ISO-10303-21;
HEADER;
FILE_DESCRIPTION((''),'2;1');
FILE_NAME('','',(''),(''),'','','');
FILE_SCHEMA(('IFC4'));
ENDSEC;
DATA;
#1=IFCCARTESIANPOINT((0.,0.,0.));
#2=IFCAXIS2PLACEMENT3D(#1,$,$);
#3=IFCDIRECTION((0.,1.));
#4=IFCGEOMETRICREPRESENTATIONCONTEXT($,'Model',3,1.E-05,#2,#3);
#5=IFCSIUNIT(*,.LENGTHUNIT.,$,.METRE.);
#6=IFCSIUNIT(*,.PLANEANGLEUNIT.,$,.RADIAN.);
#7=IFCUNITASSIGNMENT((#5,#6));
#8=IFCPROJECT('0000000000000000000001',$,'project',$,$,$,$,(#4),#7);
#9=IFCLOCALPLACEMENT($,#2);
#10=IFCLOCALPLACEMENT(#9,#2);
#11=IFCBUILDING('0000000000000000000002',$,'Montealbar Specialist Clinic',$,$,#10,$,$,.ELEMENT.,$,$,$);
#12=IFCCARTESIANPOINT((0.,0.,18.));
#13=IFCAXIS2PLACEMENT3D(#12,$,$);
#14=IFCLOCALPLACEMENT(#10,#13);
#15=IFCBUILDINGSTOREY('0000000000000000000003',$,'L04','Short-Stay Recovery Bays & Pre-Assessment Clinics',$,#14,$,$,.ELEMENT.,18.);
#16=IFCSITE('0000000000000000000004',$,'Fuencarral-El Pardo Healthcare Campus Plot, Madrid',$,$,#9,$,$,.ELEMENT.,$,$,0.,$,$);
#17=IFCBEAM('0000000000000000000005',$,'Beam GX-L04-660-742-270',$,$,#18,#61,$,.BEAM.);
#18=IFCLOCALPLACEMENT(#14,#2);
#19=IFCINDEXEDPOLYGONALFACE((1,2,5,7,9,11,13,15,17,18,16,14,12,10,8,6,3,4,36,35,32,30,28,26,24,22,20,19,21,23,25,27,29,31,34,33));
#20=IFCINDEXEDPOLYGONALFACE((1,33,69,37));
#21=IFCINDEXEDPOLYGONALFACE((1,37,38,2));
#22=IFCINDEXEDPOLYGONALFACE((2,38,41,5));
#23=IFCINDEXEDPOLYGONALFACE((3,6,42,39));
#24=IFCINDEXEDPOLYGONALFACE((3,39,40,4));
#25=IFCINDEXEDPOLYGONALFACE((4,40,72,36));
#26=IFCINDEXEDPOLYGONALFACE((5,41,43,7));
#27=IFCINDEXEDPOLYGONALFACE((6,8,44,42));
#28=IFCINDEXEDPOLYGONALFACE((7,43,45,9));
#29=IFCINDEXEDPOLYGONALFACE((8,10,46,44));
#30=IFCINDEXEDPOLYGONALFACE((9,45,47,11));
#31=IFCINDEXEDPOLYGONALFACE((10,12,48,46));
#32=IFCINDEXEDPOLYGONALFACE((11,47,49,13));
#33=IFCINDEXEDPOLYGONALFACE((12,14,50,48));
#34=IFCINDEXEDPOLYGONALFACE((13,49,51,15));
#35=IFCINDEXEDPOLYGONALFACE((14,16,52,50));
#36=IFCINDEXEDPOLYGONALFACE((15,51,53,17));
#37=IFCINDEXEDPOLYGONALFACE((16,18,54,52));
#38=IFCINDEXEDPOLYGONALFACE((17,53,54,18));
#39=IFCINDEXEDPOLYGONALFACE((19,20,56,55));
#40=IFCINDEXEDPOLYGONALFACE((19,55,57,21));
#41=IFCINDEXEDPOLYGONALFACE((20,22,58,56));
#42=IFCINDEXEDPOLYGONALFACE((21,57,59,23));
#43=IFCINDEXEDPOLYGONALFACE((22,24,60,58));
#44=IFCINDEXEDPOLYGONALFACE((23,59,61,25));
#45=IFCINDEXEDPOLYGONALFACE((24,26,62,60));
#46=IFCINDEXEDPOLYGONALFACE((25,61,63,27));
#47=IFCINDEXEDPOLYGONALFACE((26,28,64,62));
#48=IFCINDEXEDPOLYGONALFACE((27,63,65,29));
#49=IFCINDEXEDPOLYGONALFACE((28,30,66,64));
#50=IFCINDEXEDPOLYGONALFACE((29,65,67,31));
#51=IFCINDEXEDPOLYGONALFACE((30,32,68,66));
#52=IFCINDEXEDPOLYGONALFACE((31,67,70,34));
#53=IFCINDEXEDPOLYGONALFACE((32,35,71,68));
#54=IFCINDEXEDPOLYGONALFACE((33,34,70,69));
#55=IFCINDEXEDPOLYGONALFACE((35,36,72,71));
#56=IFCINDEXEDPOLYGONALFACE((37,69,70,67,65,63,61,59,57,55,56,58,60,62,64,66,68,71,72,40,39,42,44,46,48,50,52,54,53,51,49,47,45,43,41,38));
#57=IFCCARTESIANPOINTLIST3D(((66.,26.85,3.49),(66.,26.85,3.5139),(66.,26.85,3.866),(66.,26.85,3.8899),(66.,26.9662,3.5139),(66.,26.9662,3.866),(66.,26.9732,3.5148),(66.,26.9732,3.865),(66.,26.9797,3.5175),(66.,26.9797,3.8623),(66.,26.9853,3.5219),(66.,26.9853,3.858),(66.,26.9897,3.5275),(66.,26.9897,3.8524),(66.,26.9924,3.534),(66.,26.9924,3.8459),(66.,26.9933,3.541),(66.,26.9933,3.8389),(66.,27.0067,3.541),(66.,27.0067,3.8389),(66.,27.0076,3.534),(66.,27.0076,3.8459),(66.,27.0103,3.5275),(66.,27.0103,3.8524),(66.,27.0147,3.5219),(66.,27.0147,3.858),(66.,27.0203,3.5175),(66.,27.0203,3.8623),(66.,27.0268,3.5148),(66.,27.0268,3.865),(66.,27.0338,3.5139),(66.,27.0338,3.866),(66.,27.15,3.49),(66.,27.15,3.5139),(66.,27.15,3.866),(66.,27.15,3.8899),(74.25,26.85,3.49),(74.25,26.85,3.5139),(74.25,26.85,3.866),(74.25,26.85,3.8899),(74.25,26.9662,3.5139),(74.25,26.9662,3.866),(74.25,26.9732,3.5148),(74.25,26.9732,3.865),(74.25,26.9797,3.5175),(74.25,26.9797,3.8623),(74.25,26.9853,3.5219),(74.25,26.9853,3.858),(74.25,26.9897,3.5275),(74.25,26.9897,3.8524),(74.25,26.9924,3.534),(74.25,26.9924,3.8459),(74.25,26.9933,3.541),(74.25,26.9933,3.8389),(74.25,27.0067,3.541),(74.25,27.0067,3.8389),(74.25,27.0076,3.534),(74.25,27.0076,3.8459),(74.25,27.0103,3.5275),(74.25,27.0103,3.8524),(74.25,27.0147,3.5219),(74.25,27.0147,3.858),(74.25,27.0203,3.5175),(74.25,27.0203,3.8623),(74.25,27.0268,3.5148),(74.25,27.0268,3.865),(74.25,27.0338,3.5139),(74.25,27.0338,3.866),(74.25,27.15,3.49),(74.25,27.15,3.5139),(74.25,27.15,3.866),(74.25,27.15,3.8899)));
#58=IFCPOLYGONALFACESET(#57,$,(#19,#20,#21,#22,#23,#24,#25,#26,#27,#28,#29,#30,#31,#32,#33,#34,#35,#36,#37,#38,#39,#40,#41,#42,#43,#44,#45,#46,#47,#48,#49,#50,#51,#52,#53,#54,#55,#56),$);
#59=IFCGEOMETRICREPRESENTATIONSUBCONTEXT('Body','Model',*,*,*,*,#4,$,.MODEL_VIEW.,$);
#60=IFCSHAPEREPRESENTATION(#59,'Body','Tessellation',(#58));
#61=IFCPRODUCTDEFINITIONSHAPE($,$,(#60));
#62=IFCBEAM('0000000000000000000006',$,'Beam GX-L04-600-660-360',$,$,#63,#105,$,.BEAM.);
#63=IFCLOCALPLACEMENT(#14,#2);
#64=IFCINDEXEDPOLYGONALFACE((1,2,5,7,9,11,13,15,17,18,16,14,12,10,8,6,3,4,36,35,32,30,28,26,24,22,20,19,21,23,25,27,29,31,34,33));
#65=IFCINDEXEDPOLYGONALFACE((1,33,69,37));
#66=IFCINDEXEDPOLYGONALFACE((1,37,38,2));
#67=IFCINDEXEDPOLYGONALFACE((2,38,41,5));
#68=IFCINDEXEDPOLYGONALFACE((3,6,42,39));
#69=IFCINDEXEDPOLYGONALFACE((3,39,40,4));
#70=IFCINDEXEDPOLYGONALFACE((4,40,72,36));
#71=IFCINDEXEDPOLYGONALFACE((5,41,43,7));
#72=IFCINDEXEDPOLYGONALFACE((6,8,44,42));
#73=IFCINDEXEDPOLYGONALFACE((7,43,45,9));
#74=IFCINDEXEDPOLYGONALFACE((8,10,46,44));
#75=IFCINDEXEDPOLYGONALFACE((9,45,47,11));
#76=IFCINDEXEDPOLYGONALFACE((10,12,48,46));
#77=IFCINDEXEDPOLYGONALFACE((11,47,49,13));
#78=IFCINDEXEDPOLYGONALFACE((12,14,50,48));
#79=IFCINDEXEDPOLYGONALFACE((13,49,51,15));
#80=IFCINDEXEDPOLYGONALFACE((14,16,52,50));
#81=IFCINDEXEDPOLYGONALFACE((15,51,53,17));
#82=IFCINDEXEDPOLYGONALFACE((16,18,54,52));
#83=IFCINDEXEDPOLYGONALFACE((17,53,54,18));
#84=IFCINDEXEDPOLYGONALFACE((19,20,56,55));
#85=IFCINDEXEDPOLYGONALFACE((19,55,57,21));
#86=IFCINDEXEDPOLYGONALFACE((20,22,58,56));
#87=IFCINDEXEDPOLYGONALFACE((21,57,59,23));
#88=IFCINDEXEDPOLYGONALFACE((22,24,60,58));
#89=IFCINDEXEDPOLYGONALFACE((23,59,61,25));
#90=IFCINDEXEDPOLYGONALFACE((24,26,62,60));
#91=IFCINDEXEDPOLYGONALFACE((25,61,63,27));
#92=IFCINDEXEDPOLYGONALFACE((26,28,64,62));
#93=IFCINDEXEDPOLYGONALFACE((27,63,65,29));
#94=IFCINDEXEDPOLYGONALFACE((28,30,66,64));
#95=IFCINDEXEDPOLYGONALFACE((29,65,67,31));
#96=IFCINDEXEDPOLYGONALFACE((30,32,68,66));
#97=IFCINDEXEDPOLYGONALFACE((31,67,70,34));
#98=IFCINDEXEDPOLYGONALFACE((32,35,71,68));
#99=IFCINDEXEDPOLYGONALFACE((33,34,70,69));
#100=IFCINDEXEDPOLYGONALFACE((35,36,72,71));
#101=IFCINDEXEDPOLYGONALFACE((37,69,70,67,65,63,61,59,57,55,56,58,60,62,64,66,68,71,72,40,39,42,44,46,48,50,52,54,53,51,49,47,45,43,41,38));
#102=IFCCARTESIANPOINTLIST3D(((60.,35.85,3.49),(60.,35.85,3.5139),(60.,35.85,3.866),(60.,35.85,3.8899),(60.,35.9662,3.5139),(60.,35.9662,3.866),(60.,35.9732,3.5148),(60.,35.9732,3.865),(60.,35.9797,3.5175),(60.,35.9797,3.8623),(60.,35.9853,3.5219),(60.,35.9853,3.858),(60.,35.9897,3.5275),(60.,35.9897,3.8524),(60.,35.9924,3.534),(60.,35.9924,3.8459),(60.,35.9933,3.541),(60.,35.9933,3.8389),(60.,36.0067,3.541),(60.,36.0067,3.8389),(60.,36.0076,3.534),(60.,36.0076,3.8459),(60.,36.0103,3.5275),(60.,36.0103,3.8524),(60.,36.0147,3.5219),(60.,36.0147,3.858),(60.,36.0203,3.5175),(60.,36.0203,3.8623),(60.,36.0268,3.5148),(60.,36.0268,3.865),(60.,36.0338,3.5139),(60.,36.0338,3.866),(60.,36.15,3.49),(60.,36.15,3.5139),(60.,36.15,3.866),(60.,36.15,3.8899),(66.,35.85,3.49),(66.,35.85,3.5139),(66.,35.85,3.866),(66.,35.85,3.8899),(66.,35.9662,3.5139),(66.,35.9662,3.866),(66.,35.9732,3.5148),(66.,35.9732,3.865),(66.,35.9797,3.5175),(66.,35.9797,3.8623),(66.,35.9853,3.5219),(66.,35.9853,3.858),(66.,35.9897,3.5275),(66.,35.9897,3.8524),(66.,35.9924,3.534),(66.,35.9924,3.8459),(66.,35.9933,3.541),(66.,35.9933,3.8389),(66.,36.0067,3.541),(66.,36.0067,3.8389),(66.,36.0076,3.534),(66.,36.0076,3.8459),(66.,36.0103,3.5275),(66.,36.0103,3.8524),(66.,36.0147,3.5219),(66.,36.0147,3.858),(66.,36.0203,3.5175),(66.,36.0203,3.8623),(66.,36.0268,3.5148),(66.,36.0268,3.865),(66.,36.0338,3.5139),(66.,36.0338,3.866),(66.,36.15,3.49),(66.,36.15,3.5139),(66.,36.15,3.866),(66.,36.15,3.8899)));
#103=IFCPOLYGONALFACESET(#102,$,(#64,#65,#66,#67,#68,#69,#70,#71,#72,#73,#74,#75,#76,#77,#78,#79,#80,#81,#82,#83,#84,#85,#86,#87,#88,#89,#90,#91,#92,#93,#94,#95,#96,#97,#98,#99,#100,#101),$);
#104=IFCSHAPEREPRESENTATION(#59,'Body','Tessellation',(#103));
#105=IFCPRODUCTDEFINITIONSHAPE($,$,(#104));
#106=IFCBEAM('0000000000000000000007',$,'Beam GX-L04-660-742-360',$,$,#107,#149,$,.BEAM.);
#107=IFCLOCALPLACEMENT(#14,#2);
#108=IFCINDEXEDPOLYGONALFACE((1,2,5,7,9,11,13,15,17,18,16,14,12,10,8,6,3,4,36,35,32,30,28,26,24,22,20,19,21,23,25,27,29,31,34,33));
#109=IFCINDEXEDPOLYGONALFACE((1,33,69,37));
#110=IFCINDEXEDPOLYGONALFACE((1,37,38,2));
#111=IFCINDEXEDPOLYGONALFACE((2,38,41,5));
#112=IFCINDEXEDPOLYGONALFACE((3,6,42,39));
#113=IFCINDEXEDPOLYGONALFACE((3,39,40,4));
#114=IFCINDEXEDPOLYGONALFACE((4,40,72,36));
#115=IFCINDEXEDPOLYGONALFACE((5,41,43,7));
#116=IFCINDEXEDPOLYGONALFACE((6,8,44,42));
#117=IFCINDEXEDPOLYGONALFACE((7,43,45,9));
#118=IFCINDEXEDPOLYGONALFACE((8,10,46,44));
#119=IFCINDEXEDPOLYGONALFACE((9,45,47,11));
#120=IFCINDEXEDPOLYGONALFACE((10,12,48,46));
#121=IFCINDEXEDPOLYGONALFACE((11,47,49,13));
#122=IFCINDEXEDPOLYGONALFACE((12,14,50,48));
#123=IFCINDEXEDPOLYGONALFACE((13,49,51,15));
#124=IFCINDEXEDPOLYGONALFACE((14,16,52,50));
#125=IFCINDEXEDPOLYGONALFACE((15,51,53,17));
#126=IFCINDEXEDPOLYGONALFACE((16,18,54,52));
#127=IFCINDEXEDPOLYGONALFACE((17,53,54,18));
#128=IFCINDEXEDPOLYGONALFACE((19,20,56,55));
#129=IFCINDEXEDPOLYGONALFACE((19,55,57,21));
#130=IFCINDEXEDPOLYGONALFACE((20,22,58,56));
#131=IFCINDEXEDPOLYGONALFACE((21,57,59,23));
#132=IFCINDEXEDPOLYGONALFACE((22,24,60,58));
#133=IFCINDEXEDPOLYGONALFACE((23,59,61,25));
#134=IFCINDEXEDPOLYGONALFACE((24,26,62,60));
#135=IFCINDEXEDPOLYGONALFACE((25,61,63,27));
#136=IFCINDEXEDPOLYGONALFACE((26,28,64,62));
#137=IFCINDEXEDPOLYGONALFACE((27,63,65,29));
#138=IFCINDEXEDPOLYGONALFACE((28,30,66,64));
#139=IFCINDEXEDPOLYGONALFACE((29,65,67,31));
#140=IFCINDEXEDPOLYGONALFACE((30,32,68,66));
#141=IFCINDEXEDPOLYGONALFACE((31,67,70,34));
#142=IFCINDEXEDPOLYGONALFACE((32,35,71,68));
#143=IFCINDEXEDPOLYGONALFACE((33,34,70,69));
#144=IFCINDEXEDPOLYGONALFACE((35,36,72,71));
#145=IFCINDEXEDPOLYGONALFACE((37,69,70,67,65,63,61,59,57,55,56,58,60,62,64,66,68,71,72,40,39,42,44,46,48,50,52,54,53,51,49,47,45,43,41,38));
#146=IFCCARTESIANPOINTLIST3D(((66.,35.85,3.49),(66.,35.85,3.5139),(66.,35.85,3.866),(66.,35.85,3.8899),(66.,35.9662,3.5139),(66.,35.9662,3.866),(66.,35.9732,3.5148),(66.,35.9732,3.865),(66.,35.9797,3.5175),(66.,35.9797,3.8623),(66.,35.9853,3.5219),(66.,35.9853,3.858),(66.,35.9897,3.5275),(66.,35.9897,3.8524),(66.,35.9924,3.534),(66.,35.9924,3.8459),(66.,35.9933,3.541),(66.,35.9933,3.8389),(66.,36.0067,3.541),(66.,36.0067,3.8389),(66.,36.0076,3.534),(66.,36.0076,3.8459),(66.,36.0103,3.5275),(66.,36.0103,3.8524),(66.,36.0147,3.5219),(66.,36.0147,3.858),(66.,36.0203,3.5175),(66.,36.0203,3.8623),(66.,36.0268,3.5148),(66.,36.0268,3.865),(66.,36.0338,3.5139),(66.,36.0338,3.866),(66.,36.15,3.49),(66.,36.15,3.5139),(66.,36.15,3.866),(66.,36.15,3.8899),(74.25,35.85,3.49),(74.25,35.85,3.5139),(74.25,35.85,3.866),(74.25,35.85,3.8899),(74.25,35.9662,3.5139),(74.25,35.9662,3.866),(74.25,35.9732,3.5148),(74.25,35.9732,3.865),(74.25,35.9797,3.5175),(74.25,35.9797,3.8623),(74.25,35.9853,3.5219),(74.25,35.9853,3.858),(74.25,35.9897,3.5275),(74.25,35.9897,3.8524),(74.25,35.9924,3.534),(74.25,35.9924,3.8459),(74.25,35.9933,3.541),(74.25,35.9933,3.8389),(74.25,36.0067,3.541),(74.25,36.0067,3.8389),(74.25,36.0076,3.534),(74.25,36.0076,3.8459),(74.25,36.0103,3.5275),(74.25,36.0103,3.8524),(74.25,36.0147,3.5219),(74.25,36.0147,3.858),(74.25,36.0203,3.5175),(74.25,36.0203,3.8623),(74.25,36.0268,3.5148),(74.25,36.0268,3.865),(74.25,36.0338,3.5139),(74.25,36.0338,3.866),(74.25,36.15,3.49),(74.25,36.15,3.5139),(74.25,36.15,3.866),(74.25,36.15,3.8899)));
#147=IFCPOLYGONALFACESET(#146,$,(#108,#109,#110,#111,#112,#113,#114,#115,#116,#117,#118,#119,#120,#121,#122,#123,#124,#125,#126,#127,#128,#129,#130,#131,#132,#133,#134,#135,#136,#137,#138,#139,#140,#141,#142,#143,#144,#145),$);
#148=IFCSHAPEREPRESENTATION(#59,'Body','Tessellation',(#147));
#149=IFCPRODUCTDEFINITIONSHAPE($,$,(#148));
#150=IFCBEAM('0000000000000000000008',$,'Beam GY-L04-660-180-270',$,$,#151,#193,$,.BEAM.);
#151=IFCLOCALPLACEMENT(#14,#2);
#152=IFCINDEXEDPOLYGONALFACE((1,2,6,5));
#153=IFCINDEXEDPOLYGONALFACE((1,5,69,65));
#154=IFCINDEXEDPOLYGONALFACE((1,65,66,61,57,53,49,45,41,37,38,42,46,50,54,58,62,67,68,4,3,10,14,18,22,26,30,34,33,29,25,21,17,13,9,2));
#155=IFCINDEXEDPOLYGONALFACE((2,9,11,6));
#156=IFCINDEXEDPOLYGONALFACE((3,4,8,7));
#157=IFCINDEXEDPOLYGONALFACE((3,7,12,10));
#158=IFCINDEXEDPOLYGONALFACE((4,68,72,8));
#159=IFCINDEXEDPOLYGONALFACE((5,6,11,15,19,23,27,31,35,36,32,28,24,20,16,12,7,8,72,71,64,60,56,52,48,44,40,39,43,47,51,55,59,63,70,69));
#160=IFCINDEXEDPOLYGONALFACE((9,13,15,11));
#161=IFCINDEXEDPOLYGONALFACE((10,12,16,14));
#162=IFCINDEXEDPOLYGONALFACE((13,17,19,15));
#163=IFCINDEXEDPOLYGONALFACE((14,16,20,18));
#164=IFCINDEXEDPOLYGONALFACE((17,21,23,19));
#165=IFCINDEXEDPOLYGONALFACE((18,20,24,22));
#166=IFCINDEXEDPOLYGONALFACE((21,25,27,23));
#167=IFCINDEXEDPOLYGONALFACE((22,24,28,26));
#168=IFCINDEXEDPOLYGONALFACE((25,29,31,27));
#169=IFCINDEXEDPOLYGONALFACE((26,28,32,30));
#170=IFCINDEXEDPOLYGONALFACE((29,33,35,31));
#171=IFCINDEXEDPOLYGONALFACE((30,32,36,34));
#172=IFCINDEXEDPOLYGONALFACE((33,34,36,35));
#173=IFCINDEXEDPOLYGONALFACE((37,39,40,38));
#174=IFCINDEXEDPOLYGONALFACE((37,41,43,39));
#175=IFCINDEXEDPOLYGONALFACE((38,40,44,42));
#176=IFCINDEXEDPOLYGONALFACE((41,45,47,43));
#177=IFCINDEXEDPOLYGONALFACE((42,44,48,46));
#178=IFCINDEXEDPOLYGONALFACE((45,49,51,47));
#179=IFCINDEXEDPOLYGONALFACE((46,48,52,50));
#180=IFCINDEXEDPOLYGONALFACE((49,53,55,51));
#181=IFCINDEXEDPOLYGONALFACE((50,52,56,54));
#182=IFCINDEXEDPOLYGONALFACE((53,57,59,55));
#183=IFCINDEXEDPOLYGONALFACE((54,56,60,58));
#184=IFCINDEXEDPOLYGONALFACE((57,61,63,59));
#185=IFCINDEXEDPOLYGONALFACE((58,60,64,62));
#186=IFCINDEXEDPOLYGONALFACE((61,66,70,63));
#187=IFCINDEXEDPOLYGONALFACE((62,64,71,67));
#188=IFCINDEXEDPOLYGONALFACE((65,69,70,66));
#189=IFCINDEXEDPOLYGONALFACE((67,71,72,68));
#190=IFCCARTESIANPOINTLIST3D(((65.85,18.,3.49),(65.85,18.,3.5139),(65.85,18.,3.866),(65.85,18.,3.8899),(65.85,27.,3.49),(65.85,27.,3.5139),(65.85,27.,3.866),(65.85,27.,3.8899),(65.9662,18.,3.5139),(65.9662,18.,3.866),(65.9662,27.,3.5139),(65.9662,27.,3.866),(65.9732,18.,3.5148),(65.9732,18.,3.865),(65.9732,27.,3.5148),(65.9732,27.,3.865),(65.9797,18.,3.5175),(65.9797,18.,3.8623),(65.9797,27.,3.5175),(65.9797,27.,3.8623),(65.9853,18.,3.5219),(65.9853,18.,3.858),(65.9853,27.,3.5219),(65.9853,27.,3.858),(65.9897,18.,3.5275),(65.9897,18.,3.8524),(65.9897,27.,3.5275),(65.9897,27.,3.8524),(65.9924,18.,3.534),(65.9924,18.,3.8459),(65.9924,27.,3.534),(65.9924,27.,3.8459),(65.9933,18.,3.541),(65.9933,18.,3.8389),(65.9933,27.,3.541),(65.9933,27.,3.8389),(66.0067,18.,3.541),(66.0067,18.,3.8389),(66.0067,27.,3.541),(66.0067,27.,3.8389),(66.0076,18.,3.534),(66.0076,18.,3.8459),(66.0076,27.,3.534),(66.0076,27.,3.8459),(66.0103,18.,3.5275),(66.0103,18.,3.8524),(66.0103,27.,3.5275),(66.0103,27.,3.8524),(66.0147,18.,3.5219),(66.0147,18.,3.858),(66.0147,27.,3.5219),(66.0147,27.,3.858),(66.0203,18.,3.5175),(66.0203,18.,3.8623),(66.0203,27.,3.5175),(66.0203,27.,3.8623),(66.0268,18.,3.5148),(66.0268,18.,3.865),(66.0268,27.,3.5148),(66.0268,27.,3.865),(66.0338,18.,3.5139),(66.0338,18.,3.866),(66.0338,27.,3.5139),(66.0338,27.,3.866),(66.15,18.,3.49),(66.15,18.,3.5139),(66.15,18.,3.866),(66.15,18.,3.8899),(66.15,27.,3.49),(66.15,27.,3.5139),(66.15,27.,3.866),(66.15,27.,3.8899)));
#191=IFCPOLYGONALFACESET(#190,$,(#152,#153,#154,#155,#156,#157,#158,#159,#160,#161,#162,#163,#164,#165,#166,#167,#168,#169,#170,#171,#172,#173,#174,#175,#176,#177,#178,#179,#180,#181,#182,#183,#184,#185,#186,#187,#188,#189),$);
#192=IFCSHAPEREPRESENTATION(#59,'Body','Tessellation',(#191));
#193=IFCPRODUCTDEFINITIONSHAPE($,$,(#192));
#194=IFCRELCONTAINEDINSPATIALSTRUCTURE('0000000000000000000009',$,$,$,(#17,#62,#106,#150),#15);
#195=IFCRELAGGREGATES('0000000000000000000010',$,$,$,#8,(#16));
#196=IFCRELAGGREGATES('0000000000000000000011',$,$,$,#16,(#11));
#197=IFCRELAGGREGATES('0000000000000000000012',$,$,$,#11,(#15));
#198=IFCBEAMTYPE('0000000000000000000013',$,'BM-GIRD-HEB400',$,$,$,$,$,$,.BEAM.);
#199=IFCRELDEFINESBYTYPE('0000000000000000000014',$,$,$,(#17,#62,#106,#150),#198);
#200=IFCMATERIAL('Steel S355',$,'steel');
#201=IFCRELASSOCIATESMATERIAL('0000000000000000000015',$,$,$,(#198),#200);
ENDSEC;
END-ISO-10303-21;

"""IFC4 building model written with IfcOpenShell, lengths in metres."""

from ifc_helpers import new_model, si_unit, direction, frame, origin, origin_2d, place, context, subcontext, project, spatial, i_section, extrude, material, material_profile, profile_set, type_object, element, save


model = new_model("IFC4")

# Units and contexts
model_context = context("Model", 3, precision=1e-05, world=origin(), true_north=direction((0.0, 1.0)))
body_context = subcontext(model_context, "Body", "Model", "MODEL_VIEW")
ifc_project = project(units=[si_unit("LENGTHUNIT", "METRE"), si_unit("PLANEANGLEUNIT", "RADIAN")], contexts=[model_context])

# Site, building, storey
site_placement = place(None, origin())
site = spatial("IfcSite", under=ifc_project, at=site_placement, Name="Fuencarral-El Pardo Healthcare Campus Plot, Madrid", CompositionType="ELEMENT", RefElevation=0.0)
building_placement = place(site_placement, origin())
building = spatial("IfcBuilding", under=site, at=building_placement, Name="Montealbar Specialist Clinic", CompositionType="ELEMENT")
storey_placement = place(building_placement, frame((0.0, 0.0, 18.0)))
storey = spatial("IfcBuildingStorey", under=building, at=storey_placement, Name="L04", Description="Short-Stay Recovery Bays & Pre-Assessment Clinics", CompositionType="ELEMENT", Elevation=18.0)

# Shared definitions
ifc_material_1 = material(Name="Steel S355", Category="steel")

# Beams
ifc_material_profile_1 = material_profile(ifc_material_1, i_section(OverallWidth=0.3, OverallDepth=0.3999, WebThickness=0.0134, FlangeThickness=0.0239, FilletRadius=0.0271, at=origin_2d()), Name="HEB 400", Category="steel")
ifc_profile_set_1 = profile_set([ifc_material_profile_1], Name="Steel S355")
beam_type = type_object("IfcBeamType", Name="BM-GIRD-HEB400", PredefinedType="BEAM", material=ifc_profile_set_1)
for number, where, z_axis, x_axis, name in (
    (1, (66.0, 27.0, 3.6899), (1.0, 0.0, 0.0), (0.0, 1.0, 0.0), "Beam GX-L04-660-742-270"),
):
    element("IfcBeam", number, at=place(storey_placement, frame(where, z_axis=z_axis, x_axis=x_axis)), inside=storey, type_object=beam_type, Name=name, PredefinedType="BEAM", context=body_context, shape_type="SweptSolid", body=[
        extrude(i_section(OverallWidth=0.3, OverallDepth=0.3999, WebThickness=0.0134, FlangeThickness=0.0239, FilletRadius=0.0271, at=origin_2d()), origin(), (0.0, 0.0, 1.0), 8.25),
    ])
beam_1_placement = place(storey_placement, frame((60.0, 36.0, 3.6899), z_axis=(1.0, 0.0, 0.0), x_axis=(0.0, 1.0, 0.0)))
element("IfcBeam", 2, at=beam_1_placement, inside=storey, type_object=beam_type, Name="Beam GX-L04-600-660-360", PredefinedType="BEAM", context=body_context, shape_type="SweptSolid", body=[
    extrude(i_section(OverallWidth=0.3, OverallDepth=0.3999, WebThickness=0.0134, FlangeThickness=0.0239, FilletRadius=0.0271, at=origin_2d()), origin(), (0.0, 0.0, 1.0), 6.0),
])
beam_2_placement = place(storey_placement, frame((66.0, 36.0, 3.6899), z_axis=(1.0, 0.0, 0.0), x_axis=(0.0, 1.0, 0.0)))
element("IfcBeam", 3, at=beam_2_placement, inside=storey, type_object=beam_type, Name="Beam GX-L04-660-742-360", PredefinedType="BEAM", context=body_context, shape_type="SweptSolid", body=[
    extrude(i_section(OverallWidth=0.3, OverallDepth=0.3999, WebThickness=0.0134, FlangeThickness=0.0239, FilletRadius=0.0271, at=origin_2d()), origin(), (0.0, 0.0, 1.0), 8.25),
])
for number, where, z_axis, x_axis, name in (
    (4, (66.0, 18.0, 3.6899), (0.0, 1.0, 0.0), (-1.0, 0.0, 0.0), "Beam GY-L04-660-180-270"),
):
    element("IfcBeam", number, at=place(storey_placement, frame(where, z_axis=z_axis, x_axis=x_axis)), inside=storey, type_object=beam_type, Name=name, PredefinedType="BEAM", context=body_context, shape_type="SweptSolid", body=[
        extrude(i_section(OverallWidth=0.3, OverallDepth=0.3999, WebThickness=0.0134, FlangeThickness=0.0239, FilletRadius=0.0271, at=origin_2d()), origin(), (0.0, 0.0, 1.0), 9.0),
    ])

save(model, "model.ifc")
